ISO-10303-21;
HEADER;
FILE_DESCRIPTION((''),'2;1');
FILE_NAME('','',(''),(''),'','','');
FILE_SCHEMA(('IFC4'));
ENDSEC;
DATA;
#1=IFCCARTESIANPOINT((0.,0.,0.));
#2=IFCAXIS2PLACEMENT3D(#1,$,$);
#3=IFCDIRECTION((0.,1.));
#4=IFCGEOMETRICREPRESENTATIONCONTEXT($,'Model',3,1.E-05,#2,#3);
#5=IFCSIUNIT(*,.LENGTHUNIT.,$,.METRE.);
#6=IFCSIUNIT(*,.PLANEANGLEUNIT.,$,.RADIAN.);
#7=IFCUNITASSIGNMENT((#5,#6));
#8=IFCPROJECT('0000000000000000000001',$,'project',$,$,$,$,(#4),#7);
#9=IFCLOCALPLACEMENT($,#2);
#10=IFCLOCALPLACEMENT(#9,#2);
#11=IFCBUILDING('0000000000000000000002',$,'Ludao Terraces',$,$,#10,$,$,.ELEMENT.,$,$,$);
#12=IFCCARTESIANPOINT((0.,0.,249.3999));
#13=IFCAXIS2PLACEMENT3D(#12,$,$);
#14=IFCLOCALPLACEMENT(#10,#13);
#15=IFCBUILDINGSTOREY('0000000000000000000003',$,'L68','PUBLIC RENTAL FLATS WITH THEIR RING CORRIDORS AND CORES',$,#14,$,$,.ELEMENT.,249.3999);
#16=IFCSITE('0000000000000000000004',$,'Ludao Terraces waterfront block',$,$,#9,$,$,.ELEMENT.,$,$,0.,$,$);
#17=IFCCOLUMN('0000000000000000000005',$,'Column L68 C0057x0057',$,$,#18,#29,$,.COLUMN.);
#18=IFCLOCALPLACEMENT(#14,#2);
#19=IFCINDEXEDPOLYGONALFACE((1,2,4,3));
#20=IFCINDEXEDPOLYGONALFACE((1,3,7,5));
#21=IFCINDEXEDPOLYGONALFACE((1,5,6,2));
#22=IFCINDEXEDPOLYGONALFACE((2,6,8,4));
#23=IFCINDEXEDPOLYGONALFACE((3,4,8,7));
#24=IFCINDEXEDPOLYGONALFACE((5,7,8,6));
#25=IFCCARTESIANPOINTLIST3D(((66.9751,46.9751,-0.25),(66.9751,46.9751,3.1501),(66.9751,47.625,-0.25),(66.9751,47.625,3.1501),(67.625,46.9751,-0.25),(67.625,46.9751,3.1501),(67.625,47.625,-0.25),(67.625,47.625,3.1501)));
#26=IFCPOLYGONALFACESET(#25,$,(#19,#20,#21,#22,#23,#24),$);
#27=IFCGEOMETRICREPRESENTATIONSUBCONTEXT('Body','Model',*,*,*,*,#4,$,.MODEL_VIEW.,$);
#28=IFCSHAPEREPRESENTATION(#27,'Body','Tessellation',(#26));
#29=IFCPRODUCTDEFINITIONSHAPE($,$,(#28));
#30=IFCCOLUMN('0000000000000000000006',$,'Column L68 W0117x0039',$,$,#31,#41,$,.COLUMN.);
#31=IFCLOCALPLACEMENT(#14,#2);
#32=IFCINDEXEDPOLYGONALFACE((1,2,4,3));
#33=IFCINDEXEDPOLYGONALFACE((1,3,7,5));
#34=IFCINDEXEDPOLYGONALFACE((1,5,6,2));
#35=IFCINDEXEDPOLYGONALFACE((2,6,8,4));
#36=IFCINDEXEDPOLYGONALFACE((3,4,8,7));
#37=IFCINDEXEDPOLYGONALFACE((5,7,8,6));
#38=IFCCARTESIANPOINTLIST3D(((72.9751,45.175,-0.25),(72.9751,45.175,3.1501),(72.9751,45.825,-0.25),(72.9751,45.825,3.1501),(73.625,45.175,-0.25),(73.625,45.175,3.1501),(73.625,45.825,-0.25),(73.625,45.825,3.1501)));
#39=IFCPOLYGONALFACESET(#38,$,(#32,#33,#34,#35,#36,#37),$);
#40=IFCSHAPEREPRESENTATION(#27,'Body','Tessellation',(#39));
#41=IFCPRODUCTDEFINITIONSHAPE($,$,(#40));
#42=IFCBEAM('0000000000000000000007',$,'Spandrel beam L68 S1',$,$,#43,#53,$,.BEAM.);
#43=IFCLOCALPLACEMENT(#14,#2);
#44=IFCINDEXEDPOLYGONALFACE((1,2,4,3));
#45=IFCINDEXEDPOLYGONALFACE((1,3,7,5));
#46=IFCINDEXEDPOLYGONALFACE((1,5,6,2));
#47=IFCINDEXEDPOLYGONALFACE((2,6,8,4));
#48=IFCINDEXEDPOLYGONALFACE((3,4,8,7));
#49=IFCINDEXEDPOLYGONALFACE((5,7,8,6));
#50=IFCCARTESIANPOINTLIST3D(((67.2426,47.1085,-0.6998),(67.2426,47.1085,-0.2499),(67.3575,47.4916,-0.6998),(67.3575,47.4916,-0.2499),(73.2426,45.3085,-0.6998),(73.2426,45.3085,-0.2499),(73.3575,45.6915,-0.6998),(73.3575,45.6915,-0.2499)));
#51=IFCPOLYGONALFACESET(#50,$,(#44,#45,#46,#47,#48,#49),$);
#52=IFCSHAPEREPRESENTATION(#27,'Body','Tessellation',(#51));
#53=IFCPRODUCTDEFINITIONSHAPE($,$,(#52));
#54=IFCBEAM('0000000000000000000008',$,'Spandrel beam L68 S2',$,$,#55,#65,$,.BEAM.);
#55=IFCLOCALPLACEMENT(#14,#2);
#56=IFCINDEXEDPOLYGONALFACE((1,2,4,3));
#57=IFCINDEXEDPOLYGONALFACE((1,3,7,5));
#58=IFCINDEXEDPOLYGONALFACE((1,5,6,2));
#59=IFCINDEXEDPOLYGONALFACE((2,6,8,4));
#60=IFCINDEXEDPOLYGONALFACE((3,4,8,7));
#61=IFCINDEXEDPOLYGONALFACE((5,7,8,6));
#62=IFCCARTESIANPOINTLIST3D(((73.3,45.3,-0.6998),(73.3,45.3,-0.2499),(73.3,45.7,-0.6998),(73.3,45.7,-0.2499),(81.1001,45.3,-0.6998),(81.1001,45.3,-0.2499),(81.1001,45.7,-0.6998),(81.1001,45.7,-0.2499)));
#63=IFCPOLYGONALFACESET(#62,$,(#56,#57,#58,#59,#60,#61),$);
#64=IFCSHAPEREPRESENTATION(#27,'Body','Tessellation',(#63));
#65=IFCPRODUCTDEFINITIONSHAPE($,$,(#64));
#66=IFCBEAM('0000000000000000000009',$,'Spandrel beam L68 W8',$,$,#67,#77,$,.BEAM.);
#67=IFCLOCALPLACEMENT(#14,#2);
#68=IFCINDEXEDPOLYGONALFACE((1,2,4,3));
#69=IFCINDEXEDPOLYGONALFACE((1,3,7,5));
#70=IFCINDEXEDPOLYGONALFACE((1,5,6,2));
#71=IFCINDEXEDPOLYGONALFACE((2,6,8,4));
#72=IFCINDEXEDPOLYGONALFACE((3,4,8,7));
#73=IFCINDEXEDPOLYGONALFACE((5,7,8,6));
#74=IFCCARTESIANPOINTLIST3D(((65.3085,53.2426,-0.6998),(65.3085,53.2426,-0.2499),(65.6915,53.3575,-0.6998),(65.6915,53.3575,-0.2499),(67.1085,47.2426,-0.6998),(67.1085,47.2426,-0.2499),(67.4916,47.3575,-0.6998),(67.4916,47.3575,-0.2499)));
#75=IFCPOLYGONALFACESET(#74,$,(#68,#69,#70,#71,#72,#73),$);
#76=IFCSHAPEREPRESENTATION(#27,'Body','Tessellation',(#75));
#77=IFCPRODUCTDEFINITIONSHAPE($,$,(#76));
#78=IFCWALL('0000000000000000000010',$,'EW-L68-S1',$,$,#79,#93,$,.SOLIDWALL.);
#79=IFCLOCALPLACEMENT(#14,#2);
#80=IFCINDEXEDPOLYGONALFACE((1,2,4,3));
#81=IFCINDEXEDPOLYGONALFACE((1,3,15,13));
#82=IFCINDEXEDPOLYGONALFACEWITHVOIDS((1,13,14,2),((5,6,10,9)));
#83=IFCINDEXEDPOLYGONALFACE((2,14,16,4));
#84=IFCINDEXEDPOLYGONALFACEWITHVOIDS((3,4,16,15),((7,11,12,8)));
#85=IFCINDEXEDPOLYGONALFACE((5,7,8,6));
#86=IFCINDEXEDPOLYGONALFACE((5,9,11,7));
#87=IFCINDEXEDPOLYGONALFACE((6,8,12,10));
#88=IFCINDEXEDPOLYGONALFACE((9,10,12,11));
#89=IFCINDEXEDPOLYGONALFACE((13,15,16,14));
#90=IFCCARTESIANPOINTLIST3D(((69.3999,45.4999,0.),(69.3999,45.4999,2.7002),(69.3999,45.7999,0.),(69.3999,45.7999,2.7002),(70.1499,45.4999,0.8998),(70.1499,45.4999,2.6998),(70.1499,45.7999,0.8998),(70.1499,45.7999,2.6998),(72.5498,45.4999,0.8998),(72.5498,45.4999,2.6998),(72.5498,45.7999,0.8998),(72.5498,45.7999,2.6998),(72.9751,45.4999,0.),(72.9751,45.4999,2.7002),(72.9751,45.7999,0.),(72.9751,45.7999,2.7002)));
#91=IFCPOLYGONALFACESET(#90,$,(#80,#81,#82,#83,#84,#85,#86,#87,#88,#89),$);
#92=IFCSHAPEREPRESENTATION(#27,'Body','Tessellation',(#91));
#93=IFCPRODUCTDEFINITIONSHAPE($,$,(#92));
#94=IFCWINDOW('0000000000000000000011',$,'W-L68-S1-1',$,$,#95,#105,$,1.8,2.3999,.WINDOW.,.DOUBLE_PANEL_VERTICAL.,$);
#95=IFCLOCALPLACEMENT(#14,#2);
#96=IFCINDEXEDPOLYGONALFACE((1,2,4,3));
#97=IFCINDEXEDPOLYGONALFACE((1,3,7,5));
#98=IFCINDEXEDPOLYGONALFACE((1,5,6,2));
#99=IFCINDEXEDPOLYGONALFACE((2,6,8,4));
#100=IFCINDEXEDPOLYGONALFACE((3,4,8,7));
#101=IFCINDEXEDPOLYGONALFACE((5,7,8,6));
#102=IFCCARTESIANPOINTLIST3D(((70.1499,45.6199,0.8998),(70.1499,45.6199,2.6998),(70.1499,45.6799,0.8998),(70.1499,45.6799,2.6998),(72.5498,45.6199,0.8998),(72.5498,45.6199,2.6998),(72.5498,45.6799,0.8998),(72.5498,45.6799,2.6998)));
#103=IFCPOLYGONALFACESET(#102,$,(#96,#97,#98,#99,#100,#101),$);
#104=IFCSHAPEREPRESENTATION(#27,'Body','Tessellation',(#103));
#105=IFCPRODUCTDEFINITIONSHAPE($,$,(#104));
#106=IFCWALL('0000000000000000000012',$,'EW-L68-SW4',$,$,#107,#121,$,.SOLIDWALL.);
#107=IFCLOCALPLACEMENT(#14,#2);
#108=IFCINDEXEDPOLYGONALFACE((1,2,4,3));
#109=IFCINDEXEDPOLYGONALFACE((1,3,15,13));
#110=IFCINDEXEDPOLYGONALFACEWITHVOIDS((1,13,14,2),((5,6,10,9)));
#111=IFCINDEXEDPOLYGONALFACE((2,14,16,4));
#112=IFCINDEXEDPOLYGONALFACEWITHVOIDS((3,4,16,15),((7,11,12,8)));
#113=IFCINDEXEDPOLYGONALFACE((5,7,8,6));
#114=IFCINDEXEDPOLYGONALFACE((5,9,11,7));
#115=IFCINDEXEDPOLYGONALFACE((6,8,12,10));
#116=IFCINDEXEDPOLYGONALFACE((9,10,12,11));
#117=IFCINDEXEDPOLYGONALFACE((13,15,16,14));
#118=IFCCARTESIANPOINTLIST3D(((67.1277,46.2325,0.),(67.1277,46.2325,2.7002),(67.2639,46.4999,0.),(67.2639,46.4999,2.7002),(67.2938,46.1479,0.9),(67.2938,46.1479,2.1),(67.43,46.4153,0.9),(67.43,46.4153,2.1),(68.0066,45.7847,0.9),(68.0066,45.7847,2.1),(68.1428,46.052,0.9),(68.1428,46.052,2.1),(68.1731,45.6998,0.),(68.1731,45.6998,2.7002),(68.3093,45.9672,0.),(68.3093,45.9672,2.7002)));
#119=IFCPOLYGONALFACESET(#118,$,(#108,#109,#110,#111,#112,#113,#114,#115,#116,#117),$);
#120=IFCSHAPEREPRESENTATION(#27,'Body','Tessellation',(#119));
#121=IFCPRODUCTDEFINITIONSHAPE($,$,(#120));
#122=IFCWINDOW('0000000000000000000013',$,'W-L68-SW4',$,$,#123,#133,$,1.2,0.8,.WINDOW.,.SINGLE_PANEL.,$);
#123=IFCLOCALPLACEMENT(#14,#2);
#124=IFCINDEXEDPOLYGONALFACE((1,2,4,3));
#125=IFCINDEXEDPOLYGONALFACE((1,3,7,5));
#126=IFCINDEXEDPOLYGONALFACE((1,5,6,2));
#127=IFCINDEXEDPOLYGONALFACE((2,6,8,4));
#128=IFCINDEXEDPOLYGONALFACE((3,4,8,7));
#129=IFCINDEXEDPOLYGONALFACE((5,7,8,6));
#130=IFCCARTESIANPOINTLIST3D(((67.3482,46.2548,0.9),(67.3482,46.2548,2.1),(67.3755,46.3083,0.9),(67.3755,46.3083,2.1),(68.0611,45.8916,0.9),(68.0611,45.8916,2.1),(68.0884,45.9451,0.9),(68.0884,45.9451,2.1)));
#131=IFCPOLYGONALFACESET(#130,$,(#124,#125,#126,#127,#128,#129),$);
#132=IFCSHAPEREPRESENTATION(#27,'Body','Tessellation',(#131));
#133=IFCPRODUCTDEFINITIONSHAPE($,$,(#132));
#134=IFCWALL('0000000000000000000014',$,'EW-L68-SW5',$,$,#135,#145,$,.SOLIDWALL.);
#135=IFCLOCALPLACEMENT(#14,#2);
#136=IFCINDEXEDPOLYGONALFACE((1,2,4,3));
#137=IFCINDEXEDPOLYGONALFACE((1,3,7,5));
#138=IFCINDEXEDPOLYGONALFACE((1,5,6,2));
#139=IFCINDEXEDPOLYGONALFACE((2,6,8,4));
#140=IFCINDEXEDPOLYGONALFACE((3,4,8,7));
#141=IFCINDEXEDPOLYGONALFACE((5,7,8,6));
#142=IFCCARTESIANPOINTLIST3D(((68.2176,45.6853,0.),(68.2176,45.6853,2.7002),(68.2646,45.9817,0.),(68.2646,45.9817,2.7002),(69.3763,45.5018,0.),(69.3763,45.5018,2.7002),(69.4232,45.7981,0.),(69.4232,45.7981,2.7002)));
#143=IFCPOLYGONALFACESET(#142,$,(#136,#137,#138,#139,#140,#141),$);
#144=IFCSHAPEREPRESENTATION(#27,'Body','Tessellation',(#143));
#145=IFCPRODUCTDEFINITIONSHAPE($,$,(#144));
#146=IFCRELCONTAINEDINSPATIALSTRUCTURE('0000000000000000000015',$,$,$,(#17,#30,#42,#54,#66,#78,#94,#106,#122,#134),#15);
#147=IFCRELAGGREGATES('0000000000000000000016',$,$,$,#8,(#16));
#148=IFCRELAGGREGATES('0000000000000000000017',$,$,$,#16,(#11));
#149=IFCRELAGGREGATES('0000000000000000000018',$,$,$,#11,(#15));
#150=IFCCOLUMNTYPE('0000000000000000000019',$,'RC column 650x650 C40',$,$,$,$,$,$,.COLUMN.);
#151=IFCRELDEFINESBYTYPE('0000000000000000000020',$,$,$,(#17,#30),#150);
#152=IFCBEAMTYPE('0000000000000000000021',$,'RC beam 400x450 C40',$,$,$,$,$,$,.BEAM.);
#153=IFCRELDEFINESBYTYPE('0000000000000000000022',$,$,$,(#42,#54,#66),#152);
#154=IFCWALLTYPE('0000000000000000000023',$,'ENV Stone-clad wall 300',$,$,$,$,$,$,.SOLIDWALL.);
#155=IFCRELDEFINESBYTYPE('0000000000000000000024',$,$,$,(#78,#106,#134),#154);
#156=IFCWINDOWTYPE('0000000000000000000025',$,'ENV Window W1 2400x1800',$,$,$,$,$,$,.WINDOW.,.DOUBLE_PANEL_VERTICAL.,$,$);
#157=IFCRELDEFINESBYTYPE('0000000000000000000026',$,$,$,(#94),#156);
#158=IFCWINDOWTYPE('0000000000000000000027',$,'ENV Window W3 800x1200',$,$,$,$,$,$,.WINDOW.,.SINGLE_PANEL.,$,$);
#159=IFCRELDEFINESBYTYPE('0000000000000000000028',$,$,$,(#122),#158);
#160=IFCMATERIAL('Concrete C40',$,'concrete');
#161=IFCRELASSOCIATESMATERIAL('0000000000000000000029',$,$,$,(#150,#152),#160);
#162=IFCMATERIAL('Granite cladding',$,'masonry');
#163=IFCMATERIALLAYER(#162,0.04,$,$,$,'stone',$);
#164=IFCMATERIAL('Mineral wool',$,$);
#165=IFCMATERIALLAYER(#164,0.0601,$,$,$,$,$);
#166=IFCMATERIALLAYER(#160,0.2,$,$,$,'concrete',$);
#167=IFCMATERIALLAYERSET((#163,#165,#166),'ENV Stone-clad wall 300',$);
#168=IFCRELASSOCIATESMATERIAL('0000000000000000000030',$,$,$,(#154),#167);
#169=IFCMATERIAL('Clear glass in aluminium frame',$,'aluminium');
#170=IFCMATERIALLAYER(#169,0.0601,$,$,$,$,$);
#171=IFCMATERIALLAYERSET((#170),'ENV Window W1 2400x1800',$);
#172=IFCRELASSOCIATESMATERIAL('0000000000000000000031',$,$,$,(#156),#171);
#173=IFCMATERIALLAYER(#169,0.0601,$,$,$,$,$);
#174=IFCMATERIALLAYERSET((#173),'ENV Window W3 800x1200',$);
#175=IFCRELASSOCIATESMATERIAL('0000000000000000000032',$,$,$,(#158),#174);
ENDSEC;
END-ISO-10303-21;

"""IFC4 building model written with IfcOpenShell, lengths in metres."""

from ifc_helpers import new_model, si_unit, direction, frame, frame_2d, origin, origin_2d, place, context, subcontext, project, spatial, rectangle, extrude, material, layer, layer_set, material_profile, profile_set, type_object, element, fill, save


model = new_model("IFC4")

# Units and contexts
model_context = context("Model", 3, precision=1e-05, world=origin(), true_north=direction((0.0, 1.0)))
body_context = subcontext(model_context, "Body", "Model", "MODEL_VIEW")
ifc_project = project(units=[si_unit("LENGTHUNIT", "METRE"), si_unit("PLANEANGLEUNIT", "RADIAN")], contexts=[model_context])

# Site, building, storey
site_placement = place(None, origin())
site = spatial("IfcSite", under=ifc_project, at=site_placement, Name="Ludao Terraces waterfront block", CompositionType="ELEMENT", RefElevation=0.0)
building_placement = place(site_placement, origin())
building = spatial("IfcBuilding", under=site, at=building_placement, Name="Ludao Terraces", CompositionType="ELEMENT")
storey_placement = place(building_placement, frame((0.0, 0.0, 249.3999)))
storey = spatial("IfcBuildingStorey", under=building, at=storey_placement, Name="L68", Description="PUBLIC RENTAL FLATS WITH THEIR RING CORRIDORS AND CORES", CompositionType="ELEMENT", Elevation=249.3999)

# Columns
ifc_material_1 = material(Name="Concrete C40", Category="concrete")
ifc_material_profile_1 = material_profile(ifc_material_1, rectangle(XDim=0.6499, YDim=0.6499, at=origin_2d()), Name="650 X 650")
ifc_profile_set_1 = profile_set([ifc_material_profile_1], Name="Concrete C40")
column_type = type_object("IfcColumnType", Name="RC column 650x650 C40", PredefinedType="COLUMN", material=ifc_profile_set_1)
for number, where, z_axis, x_axis, name in (
    (1, (67.3, 47.3, -0.25), (0.0, 0.0, 1.0), (1.0, 0.0, 0.0), "Column L68 C0057x0057"),
    (2, (73.3, 45.5, -0.25), (0.0, 0.0, 1.0), (1.0, 0.0, 0.0), "Column L68 W0117x0039"),
):
    element("IfcColumn", number, at=place(storey_placement, frame(where, z_axis=z_axis, x_axis=x_axis)), inside=storey, type_object=column_type, Name=name, PredefinedType="COLUMN", context=body_context, shape_type="SweptSolid", body=[
        extrude(rectangle(XDim=0.6499, YDim=0.6499, at=origin_2d()), origin(), (0.0, 0.0, 1.0), 3.4001),
    ])

# Beams
ifc_material_profile_2 = material_profile(ifc_material_1, rectangle(XDim=0.3999, YDim=0.45, at=origin_2d()), Name="400 X 450")
ifc_profile_set_2 = profile_set([ifc_material_profile_2], Name="Concrete C40")
beam_type = type_object("IfcBeamType", Name="RC beam 400x450 C40", PredefinedType="BEAM", material=ifc_profile_set_2)
beam_1_placement = place(storey_placement, frame((67.3, 47.3, -0.4749), z_axis=(0.957824, -0.287355, 0.0), x_axis=(0.287355, 0.957824, 0.0)))
element("IfcBeam", 3, at=beam_1_placement, inside=storey, type_object=beam_type, Name="Spandrel beam L68 S1", PredefinedType="BEAM", context=body_context, shape_type="SweptSolid", body=[
    extrude(rectangle(XDim=0.3999, YDim=0.45, at=origin_2d()), origin(), (0.0, 0.0, 1.0), 6.2642),
])
beam_2_placement = place(storey_placement, frame((73.3, 45.5, -0.4749), z_axis=(1.0, 0.0, 0.0), x_axis=(0.0, 1.0, 0.0)))
element("IfcBeam", 4, at=beam_2_placement, inside=storey, type_object=beam_type, Name="Spandrel beam L68 S2", PredefinedType="BEAM", context=body_context, shape_type="SweptSolid", body=[
    extrude(rectangle(XDim=0.3999, YDim=0.45, at=origin_2d()), origin(), (0.0, 0.0, 1.0), 7.8),
])
beam_3_placement = place(storey_placement, frame((67.3, 47.3, -0.4749), z_axis=(-0.287355, 0.957824, 0.0), x_axis=(-0.957824, -0.287355, 0.0)))
element("IfcBeam", 5, at=beam_3_placement, inside=storey, type_object=beam_type, Name="Spandrel beam L68 W8", PredefinedType="BEAM", context=body_context, shape_type="SweptSolid", body=[
    extrude(rectangle(XDim=0.3999, YDim=0.45, at=origin_2d()), origin(), (0.0, 0.0, 1.0), 6.2642),
])

# Walls, openings, windows
ifc_material_2 = material(Name="Granite cladding", Category="masonry")
ifc_layer_1 = layer(ifc_material_2, 0.04, Category="stone")
ifc_material_3 = material(Name="Mineral wool")
ifc_layer_2 = layer(ifc_material_3, 0.0601)
ifc_layer_3 = layer(ifc_material_1, 0.2, Category="concrete")
ifc_layer_set_1 = layer_set([ifc_layer_1, ifc_layer_2, ifc_layer_3], Name="ENV Stone-clad wall 300")
wall_type_1 = type_object("IfcWallType", Name="ENV Stone-clad wall 300", PredefinedType="SOLIDWALL", material=ifc_layer_set_1)
wall_1_placement = place(storey_placement, frame((69.3999, 45.6499, 0.0), z_axis=(0.0, 0.0, 1.0), x_axis=(1.0, 0.0, 0.0)))
wall_1 = element("IfcWall", 6, at=wall_1_placement, inside=storey, type_object=wall_type_1, Name="EW-L68-S1", PredefinedType="SOLIDWALL", context=body_context, shape_type="SweptSolid", body=[
    extrude(rectangle(XDim=3.5752, YDim=0.3, at=frame_2d((1.7876, 0.0))), origin(), (0.0, 0.0, 1.0), 2.7002),
])
opening_1_placement = place(wall_1_placement, frame((0.75, 0.0, 0.8999)))
opening_1 = element("IfcOpeningElement", 7, at=opening_1_placement, cuts=wall_1, PredefinedType="OPENING", context=body_context, shape_type="SweptSolid", body=[
    extrude(rectangle(XDim=2.3999, YDim=1.8, at=frame_2d((1.2, 0.8999))), frame((0.0, 0.1602, 0.0), z_axis=(0.0, -1.0, 0.0), x_axis=(1.0, 0.0, 0.0)), (0.0, 0.0, 1.0), 0.3201),
])
ifc_material_4 = material(Name="Clear glass in aluminium frame", Category="aluminium")
ifc_layer_4 = layer(ifc_material_4, 0.0601)
ifc_layer_set_2 = layer_set([ifc_layer_4], Name="ENV Window W1 2400x1800")
window_type_1 = type_object("IfcWindowType", Name="ENV Window W1 2400x1800", PartitioningType="DOUBLE_PANEL_VERTICAL", PredefinedType="WINDOW", material=ifc_layer_set_2)
window_1_placement = place(opening_1_placement, origin())
window_1 = element("IfcWindow", 8, at=window_1_placement, inside=storey, type_object=window_type_1, Name="W-L68-S1-1", OverallHeight=1.8, OverallWidth=2.3999, PartitioningType="DOUBLE_PANEL_VERTICAL", PredefinedType="WINDOW", context=body_context, shape_type="SweptSolid", body=[
    extrude(rectangle(XDim=2.3999, YDim=1.8, at=frame_2d((1.2, 0.8999))), frame((0.0, 0.03, 0.0), z_axis=(0.0, -1.0, 0.0), x_axis=(1.0, 0.0, 0.0)), (0.0, 0.0, 1.0), 0.0601),
])
fill(opening_1, window_1)
wall_2_placement = place(storey_placement, frame((67.1958, 46.3662, 0.0), z_axis=(0.0, 0.0, 1.0), x_axis=(0.890989, -0.454026, 0.0)))
wall_2 = element("IfcWall", 9, at=wall_2_placement, inside=storey, type_object=wall_type_1, Name="EW-L68-SW4", PredefinedType="SOLIDWALL", context=body_context, shape_type="SweptSolid", body=[
    extrude(rectangle(XDim=1.1733, YDim=0.3, at=frame_2d((0.5867, 0.0))), origin(), (0.0, 0.0, 1.0), 2.7002),
])
opening_2_placement = place(wall_2_placement, frame((0.1865, 0.0, 0.8999)))
opening_2 = element("IfcOpeningElement", 10, at=opening_2_placement, cuts=wall_2, PredefinedType="OPENING", context=body_context, shape_type="SweptSolid", body=[
    extrude(rectangle(XDim=0.8, YDim=1.2, at=frame_2d((0.3999, 0.6001))), frame((0.0, 0.1602, 0.0), z_axis=(0.0, -1.0, 0.0), x_axis=(1.0, 0.0, 0.0)), (0.0, 0.0, 1.0), 0.3201),
])
ifc_layer_5 = layer(ifc_material_4, 0.0601)
ifc_layer_set_3 = layer_set([ifc_layer_5], Name="ENV Window W3 800x1200")
window_type_2 = type_object("IfcWindowType", Name="ENV Window W3 800x1200", PartitioningType="SINGLE_PANEL", PredefinedType="WINDOW", material=ifc_layer_set_3)
window_2_placement = place(opening_2_placement, origin())
window_2 = element("IfcWindow", 11, at=window_2_placement, inside=storey, type_object=window_type_2, Name="W-L68-SW4", OverallHeight=1.2, OverallWidth=0.8, PartitioningType="SINGLE_PANEL", PredefinedType="WINDOW", context=body_context, shape_type="SweptSolid", body=[
    extrude(rectangle(XDim=0.8, YDim=1.2, at=frame_2d((0.3999, 0.6001))), frame((0.0, 0.03, 0.0), z_axis=(0.0, -1.0, 0.0), x_axis=(1.0, 0.0, 0.0)), (0.0, 0.0, 1.0), 0.0601),
])
fill(opening_2, window_2)

# Wall
wall_3_placement = place(storey_placement, frame((68.2412, 45.8335, 0.0), z_axis=(0.0, 0.0, 1.0), x_axis=(0.987678, -0.156497, 0.0)))
element("IfcWall", 12, at=wall_3_placement, inside=storey, type_object=wall_type_1, Name="EW-L68-SW5", PredefinedType="SOLIDWALL", context=body_context, shape_type="SweptSolid", body=[
    extrude(rectangle(XDim=1.1731, YDim=0.3, at=frame_2d((0.5864, 0.0))), origin(), (0.0, 0.0, 1.0), 2.7002),
])

save(model, "model.ifc")
